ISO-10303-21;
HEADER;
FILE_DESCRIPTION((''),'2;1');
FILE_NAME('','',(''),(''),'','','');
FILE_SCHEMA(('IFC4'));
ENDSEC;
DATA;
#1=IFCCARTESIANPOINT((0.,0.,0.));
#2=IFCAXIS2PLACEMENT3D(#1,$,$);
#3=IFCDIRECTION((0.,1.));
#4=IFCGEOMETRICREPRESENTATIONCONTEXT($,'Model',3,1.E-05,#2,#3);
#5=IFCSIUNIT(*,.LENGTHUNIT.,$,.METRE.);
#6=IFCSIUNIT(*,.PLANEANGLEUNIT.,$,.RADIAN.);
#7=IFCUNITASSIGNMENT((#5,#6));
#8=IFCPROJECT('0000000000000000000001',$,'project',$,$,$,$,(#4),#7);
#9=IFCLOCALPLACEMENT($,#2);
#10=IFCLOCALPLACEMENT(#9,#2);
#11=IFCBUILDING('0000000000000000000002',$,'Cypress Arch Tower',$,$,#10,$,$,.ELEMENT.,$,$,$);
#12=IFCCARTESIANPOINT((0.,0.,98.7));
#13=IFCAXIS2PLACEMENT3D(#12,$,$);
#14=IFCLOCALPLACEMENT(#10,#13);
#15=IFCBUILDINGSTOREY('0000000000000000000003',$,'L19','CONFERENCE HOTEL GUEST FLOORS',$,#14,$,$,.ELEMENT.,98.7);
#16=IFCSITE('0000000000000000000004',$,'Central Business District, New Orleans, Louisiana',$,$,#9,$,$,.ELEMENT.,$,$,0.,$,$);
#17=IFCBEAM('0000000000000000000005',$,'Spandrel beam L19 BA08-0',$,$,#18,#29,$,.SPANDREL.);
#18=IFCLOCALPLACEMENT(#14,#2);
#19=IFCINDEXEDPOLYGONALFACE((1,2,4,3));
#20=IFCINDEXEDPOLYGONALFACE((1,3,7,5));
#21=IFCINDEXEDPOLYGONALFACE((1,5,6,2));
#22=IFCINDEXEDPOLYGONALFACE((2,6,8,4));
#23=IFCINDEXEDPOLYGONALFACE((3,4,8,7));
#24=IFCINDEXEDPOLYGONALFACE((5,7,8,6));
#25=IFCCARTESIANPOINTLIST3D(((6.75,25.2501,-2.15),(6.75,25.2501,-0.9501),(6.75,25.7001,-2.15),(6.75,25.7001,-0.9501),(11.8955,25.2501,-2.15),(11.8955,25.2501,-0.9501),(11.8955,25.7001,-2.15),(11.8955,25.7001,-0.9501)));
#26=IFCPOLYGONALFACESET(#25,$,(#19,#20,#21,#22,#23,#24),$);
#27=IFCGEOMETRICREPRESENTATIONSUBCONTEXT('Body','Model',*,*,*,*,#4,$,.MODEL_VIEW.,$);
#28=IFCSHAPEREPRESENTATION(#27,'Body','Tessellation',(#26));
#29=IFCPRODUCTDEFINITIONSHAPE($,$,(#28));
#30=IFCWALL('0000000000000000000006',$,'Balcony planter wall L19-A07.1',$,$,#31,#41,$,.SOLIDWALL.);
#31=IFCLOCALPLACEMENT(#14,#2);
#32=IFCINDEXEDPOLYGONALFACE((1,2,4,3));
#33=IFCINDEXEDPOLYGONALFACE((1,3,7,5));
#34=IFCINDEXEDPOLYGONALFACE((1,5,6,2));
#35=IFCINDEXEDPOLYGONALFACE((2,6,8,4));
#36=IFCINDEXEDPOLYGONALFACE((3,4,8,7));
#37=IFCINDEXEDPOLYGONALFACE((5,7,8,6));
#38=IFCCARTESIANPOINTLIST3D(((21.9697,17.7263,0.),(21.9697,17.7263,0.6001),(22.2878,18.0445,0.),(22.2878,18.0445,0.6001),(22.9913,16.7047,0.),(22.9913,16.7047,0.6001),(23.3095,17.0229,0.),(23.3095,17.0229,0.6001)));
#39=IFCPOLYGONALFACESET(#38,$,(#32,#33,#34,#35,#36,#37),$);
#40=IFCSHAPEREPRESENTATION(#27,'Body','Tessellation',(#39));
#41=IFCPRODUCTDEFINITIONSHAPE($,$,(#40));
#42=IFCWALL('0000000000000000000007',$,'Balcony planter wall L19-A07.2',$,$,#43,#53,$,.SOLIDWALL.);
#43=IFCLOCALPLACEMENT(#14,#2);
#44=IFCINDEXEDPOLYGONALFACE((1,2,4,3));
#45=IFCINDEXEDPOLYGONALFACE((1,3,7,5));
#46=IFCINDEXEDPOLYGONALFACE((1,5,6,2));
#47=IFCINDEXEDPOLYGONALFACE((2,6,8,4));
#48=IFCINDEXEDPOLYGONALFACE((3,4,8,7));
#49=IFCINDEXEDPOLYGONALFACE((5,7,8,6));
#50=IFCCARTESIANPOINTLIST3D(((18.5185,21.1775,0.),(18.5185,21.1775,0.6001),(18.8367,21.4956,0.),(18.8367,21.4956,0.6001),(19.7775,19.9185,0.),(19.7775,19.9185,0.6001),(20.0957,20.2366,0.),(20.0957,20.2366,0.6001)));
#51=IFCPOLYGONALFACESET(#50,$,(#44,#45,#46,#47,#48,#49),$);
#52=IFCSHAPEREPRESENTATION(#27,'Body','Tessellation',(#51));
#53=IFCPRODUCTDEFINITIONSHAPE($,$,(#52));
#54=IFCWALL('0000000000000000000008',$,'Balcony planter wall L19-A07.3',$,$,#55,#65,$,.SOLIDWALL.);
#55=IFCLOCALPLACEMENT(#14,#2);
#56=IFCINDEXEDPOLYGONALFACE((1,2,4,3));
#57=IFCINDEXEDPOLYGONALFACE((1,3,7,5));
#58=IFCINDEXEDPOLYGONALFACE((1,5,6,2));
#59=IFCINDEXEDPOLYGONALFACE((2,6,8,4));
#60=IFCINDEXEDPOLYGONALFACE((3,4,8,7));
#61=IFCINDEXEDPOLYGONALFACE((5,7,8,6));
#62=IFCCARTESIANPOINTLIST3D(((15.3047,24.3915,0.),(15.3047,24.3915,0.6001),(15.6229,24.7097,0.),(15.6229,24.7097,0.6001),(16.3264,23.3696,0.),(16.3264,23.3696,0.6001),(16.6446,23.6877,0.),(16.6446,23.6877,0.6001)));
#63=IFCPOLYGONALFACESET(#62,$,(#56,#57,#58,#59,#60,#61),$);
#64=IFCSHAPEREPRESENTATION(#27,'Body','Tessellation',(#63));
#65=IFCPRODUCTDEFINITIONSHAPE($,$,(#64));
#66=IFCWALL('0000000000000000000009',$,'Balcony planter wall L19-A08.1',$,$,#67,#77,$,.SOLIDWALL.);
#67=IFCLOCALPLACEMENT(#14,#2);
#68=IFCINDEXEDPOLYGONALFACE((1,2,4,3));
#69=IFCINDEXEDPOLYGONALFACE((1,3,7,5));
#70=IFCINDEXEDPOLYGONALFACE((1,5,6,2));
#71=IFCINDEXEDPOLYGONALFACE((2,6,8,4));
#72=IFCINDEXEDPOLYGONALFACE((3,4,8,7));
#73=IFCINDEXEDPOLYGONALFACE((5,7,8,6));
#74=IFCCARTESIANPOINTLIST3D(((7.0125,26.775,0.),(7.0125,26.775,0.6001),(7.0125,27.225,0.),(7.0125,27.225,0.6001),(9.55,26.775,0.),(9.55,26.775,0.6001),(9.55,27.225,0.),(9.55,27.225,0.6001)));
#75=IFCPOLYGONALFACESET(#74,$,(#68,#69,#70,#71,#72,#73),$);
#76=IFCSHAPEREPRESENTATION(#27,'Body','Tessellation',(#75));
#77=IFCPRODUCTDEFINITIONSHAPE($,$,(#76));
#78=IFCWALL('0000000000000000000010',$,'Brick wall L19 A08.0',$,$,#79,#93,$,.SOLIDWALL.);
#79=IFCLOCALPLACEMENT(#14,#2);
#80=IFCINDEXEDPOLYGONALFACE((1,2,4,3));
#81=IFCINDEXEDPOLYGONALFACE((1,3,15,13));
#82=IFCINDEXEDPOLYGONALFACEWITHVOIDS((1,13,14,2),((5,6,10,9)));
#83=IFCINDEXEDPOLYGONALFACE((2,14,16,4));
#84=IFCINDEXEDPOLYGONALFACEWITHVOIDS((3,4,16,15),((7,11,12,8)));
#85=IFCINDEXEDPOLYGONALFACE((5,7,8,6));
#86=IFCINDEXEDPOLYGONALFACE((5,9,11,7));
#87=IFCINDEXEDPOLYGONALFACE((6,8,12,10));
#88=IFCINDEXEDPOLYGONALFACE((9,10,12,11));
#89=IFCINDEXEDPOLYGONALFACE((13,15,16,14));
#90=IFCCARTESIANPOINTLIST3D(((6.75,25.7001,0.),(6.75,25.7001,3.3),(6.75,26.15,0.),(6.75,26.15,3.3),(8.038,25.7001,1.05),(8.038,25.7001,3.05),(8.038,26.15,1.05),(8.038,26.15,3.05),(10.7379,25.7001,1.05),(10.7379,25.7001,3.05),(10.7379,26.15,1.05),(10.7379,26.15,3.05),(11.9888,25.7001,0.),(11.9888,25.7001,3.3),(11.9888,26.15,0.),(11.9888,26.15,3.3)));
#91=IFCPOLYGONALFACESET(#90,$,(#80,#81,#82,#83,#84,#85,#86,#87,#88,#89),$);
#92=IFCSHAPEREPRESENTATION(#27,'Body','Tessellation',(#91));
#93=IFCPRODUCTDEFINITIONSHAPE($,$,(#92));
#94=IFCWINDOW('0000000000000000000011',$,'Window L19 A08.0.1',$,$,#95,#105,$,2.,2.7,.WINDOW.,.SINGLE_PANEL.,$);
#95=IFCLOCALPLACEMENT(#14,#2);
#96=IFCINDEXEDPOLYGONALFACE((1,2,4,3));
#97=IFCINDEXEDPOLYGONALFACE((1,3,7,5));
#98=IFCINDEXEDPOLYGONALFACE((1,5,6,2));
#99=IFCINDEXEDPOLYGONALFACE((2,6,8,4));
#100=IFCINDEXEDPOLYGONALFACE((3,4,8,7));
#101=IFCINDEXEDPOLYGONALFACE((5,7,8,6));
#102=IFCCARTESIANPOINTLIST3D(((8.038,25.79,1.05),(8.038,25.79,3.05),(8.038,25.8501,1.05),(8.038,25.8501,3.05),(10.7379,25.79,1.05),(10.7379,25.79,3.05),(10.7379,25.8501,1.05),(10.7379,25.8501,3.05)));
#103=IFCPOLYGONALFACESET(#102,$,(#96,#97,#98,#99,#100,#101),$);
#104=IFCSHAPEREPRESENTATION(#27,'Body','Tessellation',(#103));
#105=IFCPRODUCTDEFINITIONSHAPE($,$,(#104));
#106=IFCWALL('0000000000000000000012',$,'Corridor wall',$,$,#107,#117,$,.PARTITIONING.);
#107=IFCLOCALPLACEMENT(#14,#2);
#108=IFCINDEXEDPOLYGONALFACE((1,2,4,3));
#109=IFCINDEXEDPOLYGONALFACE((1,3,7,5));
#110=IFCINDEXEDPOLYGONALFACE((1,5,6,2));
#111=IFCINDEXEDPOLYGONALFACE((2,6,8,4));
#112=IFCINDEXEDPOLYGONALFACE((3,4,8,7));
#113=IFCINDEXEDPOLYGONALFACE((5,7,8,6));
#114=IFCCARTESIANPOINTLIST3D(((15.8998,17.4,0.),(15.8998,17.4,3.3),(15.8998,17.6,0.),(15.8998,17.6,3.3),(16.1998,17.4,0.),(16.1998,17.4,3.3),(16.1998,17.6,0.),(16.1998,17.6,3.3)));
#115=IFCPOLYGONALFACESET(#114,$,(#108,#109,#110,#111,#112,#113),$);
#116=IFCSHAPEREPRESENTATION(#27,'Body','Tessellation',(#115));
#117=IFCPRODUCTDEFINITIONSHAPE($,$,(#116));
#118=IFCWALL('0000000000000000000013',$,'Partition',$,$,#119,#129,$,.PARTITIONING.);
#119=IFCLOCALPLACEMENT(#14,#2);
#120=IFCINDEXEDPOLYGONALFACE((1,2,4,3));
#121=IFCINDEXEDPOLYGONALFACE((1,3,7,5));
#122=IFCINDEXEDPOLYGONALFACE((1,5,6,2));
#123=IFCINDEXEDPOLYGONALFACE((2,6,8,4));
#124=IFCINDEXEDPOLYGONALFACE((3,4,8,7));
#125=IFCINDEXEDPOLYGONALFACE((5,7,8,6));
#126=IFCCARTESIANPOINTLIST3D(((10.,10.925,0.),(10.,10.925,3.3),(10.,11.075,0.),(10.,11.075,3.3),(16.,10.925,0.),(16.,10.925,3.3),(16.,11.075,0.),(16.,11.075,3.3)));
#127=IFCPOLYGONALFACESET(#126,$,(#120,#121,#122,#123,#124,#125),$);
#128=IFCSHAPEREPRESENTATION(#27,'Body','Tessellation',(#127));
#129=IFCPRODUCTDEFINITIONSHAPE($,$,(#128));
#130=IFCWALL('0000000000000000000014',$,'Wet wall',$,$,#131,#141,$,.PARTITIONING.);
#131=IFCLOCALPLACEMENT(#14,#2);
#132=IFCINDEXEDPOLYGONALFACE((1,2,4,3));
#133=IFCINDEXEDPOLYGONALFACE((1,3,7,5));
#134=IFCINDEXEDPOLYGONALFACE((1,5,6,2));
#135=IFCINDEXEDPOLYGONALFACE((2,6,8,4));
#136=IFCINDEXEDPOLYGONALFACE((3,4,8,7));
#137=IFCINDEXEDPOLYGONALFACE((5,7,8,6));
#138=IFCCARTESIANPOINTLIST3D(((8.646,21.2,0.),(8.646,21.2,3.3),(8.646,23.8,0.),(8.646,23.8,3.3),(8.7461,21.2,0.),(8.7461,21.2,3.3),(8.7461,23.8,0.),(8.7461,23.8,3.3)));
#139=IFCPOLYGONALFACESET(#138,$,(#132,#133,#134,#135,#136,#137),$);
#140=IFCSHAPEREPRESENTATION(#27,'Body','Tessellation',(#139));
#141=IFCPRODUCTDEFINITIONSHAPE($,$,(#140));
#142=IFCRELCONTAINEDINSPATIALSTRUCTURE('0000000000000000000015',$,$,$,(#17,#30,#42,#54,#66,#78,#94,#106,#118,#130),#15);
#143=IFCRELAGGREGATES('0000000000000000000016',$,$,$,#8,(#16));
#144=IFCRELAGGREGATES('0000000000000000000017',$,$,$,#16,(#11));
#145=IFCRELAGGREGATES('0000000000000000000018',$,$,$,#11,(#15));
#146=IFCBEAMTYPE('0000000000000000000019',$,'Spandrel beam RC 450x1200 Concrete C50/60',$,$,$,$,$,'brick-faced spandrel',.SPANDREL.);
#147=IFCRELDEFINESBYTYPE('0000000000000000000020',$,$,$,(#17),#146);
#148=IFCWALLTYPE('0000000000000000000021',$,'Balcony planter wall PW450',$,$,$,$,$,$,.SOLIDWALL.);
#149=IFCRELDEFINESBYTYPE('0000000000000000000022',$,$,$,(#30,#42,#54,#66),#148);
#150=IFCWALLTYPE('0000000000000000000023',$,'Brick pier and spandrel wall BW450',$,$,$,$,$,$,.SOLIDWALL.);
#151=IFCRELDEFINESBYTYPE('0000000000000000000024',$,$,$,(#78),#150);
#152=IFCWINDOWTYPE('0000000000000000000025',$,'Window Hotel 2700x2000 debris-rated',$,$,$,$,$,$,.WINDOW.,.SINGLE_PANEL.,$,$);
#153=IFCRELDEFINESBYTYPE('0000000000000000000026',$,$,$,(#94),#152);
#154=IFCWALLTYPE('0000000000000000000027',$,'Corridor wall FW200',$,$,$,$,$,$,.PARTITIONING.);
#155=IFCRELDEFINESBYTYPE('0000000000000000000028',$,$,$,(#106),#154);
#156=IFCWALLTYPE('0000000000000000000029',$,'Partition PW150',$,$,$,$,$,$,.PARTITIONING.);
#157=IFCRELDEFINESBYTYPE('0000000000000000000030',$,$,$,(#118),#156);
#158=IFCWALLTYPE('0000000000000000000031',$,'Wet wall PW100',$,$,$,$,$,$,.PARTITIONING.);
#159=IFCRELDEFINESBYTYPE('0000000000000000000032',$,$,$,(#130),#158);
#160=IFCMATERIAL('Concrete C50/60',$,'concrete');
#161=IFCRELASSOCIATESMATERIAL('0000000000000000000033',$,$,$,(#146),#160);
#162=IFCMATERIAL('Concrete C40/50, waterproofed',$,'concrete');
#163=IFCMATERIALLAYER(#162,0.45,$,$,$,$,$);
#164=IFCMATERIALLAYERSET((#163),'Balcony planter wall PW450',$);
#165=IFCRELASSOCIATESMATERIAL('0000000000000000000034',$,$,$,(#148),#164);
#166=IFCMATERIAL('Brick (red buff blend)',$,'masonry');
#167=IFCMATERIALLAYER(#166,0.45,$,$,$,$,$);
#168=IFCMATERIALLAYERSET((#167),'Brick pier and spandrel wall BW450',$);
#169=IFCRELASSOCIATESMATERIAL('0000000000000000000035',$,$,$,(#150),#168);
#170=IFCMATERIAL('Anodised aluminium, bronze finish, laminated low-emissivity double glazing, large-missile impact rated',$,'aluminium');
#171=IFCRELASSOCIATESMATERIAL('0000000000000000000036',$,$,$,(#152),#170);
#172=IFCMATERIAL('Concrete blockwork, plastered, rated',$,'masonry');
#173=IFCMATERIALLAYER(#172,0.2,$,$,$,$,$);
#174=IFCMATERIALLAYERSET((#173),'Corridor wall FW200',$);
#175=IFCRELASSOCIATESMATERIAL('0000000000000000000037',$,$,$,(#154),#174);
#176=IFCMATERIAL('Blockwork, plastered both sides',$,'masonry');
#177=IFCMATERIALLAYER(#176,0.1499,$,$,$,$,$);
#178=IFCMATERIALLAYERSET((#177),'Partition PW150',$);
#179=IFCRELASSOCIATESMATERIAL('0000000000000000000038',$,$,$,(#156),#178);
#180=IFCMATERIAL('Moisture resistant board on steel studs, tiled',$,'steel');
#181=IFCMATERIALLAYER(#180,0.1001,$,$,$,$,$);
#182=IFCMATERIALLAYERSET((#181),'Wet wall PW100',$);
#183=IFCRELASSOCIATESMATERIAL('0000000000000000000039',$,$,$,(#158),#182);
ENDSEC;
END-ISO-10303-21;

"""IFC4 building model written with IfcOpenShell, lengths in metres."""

from ifc_helpers import new_model, si_unit, direction, frame, frame_2d, origin, origin_2d, place, context, subcontext, project, spatial, rectangle, extrude, material, layer, layer_set, material_profile, profile_set, type_object, element, fill, save


model = new_model("IFC4")

# Units and contexts
model_context = context("Model", 3, precision=1e-05, world=origin(), true_north=direction((0.0, 1.0)))
body_context = subcontext(model_context, "Body", "Model", "MODEL_VIEW")
ifc_project = project(units=[si_unit("LENGTHUNIT", "METRE"), si_unit("PLANEANGLEUNIT", "RADIAN")], contexts=[model_context])

# Site, building, storey
site_placement = place(None, origin())
site = spatial("IfcSite", under=ifc_project, at=site_placement, Name="Central Business District, New Orleans, Louisiana", CompositionType="ELEMENT", RefElevation=0.0)
building_placement = place(site_placement, origin())
building = spatial("IfcBuilding", under=site, at=building_placement, Name="Cypress Arch Tower", CompositionType="ELEMENT")
storey_placement = place(building_placement, frame((0.0, 0.0, 98.7)))
storey = spatial("IfcBuildingStorey", under=building, at=storey_placement, Name="L19", Description="CONFERENCE HOTEL GUEST FLOORS", CompositionType="ELEMENT", Elevation=98.7)

# Beam
ifc_material_1 = material(Name="Concrete C50/60", Category="concrete")
ifc_material_profile_1 = material_profile(ifc_material_1, rectangle(XDim=0.45, YDim=1.2, at=origin_2d()), Name="RC 450x1200")
ifc_profile_set_1 = profile_set([ifc_material_profile_1], Name="Concrete C50/60")
beam_type_1 = type_object("IfcBeamType", Name="Spandrel beam RC 450x1200 Concrete C50/60", ElementType="brick-faced spandrel", PredefinedType="SPANDREL", material=ifc_profile_set_1)
beam_1_placement = place(storey_placement, frame((11.8955, 25.4751, -1.55), z_axis=(-1.0, 0.0, 0.0), x_axis=(0.0, -1.0, 0.0)))
element("IfcBeam", 1, at=beam_1_placement, inside=storey, type_object=beam_type_1, Name="Spandrel beam L19 BA08-0", PredefinedType="SPANDREL", context=body_context, shape_type="SweptSolid", body=[
    extrude(rectangle(XDim=0.45, YDim=1.2, at=origin_2d()), origin(), (0.0, 0.0, 1.0), 5.1455),
])

# Walls
ifc_material_2 = material(Name="Concrete C40/50, waterproofed", Category="concrete")
ifc_layer_1 = layer(ifc_material_2, 0.45)
ifc_layer_set_1 = layer_set([ifc_layer_1], Name="Balcony planter wall PW450")
wall_type_1 = type_object("IfcWallType", Name="Balcony planter wall PW450", PredefinedType="SOLIDWALL", material=ifc_layer_set_1)
wall_1_placement = place(storey_placement, frame((23.1504, 16.8638, 0.0), z_axis=(0.0, 0.0, 1.0), x_axis=(-0.707107, 0.707107, 0.0)))
element("IfcWall", 2, at=wall_1_placement, inside=storey, type_object=wall_type_1, Name="Balcony planter wall L19-A07.1", PredefinedType="SOLIDWALL", context=body_context, shape_type="SweptSolid", body=[
    extrude(rectangle(XDim=1.4448, YDim=0.45, at=frame_2d((0.7224, 0.0))), origin(), (0.0, 0.0, 1.0), 0.6001),
])
wall_2_placement = place(storey_placement, frame((19.9365, 20.0776, 0.0), z_axis=(0.0, 0.0, 1.0), x_axis=(-0.707107, 0.707107, 0.0)))
element("IfcWall", 3, at=wall_2_placement, inside=storey, type_object=wall_type_1, Name="Balcony planter wall L19-A07.2", PredefinedType="SOLIDWALL", context=body_context, shape_type="SweptSolid", body=[
    extrude(rectangle(XDim=1.7805, YDim=0.45, at=frame_2d((0.8901, 0.0))), origin(), (0.0, 0.0, 1.0), 0.6001),
])
wall_3_placement = place(storey_placement, frame((16.4856, 23.5286, 0.0), z_axis=(0.0, 0.0, 1.0), x_axis=(-0.707022, 0.707191, 0.0)))
element("IfcWall", 4, at=wall_3_placement, inside=storey, type_object=wall_type_1, Name="Balcony planter wall L19-A07.3", PredefinedType="SOLIDWALL", context=body_context, shape_type="SweptSolid", body=[
    extrude(rectangle(XDim=1.4451, YDim=0.45, at=frame_2d((0.7227, 0.0))), origin(), (0.0, 0.0, 1.0), 0.6001),
])
wall_4_placement = place(storey_placement, frame((9.55, 27.0, 0.0), z_axis=(0.0, 0.0, 1.0), x_axis=(-1.0, 0.0, 0.0)))
element("IfcWall", 5, at=wall_4_placement, inside=storey, type_object=wall_type_1, Name="Balcony planter wall L19-A08.1", PredefinedType="SOLIDWALL", context=body_context, shape_type="SweptSolid", body=[
    extrude(rectangle(XDim=2.5376, YDim=0.45, at=frame_2d((1.2688, 0.0))), origin(), (0.0, 0.0, 1.0), 0.6001),
])

# Shared definitions
ifc_material_3 = material(Name="Brick (red buff blend)", Category="masonry")
ifc_layer_2 = layer(ifc_material_3, 0.45)
ifc_layer_set_2 = layer_set([ifc_layer_2], Name="Brick pier and spandrel wall BW450")
wall_type_2 = type_object("IfcWallType", Name="Brick pier and spandrel wall BW450", PredefinedType="SOLIDWALL", material=ifc_layer_set_2)
ifc_material_4 = material(Name="Anodised aluminium, bronze finish, laminated low-emissivity double glazing, large-missile impact rated", Category="aluminium")
window_type = type_object("IfcWindowType", Name="Window Hotel 2700x2000 debris-rated", PartitioningType="SINGLE_PANEL", PredefinedType="WINDOW", material=ifc_material_4)

# Wall, opening, window
wall_5_placement = place(storey_placement, frame((11.9888, 25.925, 0.0), z_axis=(0.0, 0.0, 1.0), x_axis=(-1.0, 0.0, 0.0)))
wall_5 = element("IfcWall", 6, at=wall_5_placement, inside=storey, type_object=wall_type_2, Name="Brick wall L19 A08.0", PredefinedType="SOLIDWALL", context=body_context, shape_type="SweptSolid", body=[
    extrude(rectangle(XDim=5.2388, YDim=0.45, at=frame_2d((2.6194, 0.0))), origin(), (0.0, 0.0, 1.0), 3.3),
])
opening_1_placement = place(wall_5_placement, frame((1.2507, 0.0, 1.05)))
opening_1 = element("IfcOpeningElement", 7, at=opening_1_placement, cuts=wall_5, PredefinedType="OPENING", context=body_context, shape_type="SweptSolid", body=[
    extrude(rectangle(XDim=2.7, YDim=2.0, at=frame_2d((1.3501, 1.0))), frame((0.0, 0.2349, 0.0), z_axis=(0.0, -1.0, 0.0), x_axis=(1.0, 0.0, 0.0)), (0.0, 0.0, 1.0), 0.47),
])
window_1_placement = place(opening_1_placement, origin())
window_1 = element("IfcWindow", 8, at=window_1_placement, inside=storey, type_object=window_type, Name="Window L19 A08.0.1", OverallHeight=2.0, OverallWidth=2.7, PartitioningType="SINGLE_PANEL", PredefinedType="WINDOW", context=body_context, shape_type="SweptSolid", body=[
    extrude(rectangle(XDim=2.7, YDim=2.0, at=frame_2d((1.3501, 1.0))), frame((0.0, 0.135, 0.0), z_axis=(0.0, -1.0, 0.0), x_axis=(1.0, 0.0, 0.0)), (0.0, 0.0, 1.0), 0.0601),
])
fill(opening_1, window_1)

# Walls
ifc_material_5 = material(Name="Concrete blockwork, plastered, rated", Category="masonry")
ifc_layer_3 = layer(ifc_material_5, 0.2)
ifc_layer_set_3 = layer_set([ifc_layer_3], Name="Corridor wall FW200")
wall_type_3 = type_object("IfcWallType", Name="Corridor wall FW200", PredefinedType="PARTITIONING", material=ifc_layer_set_3)
wall_6_placement = place(storey_placement, frame((15.8999, 17.5, 0.0), z_axis=(0.0, 0.0, 1.0), x_axis=(1.0, 0.0, 0.0)))
element("IfcWall", 9, at=wall_6_placement, inside=storey, type_object=wall_type_3, Name="Corridor wall", PredefinedType="PARTITIONING", context=body_context, shape_type="SweptSolid", body=[
    extrude(rectangle(XDim=0.3, YDim=0.2, at=frame_2d((0.1499, 0.0))), origin(), (0.0, 0.0, 1.0), 3.3),
])
ifc_material_6 = material(Name="Blockwork, plastered both sides", Category="masonry")
ifc_layer_4 = layer(ifc_material_6, 0.1499)
ifc_layer_set_4 = layer_set([ifc_layer_4], Name="Partition PW150")
wall_type_4 = type_object("IfcWallType", Name="Partition PW150", PredefinedType="PARTITIONING", material=ifc_layer_set_4)
wall_7_placement = place(storey_placement, frame((10.0, 11.0, 0.0), z_axis=(0.0, 0.0, 1.0), x_axis=(1.0, 0.0, 0.0)))
element("IfcWall", 10, at=wall_7_placement, inside=storey, type_object=wall_type_4, Name="Partition", PredefinedType="PARTITIONING", context=body_context, shape_type="SweptSolid", body=[
    extrude(rectangle(XDim=6.0, YDim=0.1499, at=frame_2d((3.0, 0.0))), origin(), (0.0, 0.0, 1.0), 3.3),
])
ifc_material_7 = material(Name="Moisture resistant board on steel studs, tiled", Category="steel")
ifc_layer_5 = layer(ifc_material_7, 0.1001)
ifc_layer_set_5 = layer_set([ifc_layer_5], Name="Wet wall PW100")
wall_type_5 = type_object("IfcWallType", Name="Wet wall PW100", PredefinedType="PARTITIONING", material=ifc_layer_set_5)
wall_8_placement = place(storey_placement, frame((8.696, 21.2, 0.0), z_axis=(0.0, 0.0, 1.0), x_axis=(0.0, 1.0, 0.0)))
element("IfcWall", 11, at=wall_8_placement, inside=storey, type_object=wall_type_5, Name="Wet wall", PredefinedType="PARTITIONING", context=body_context, shape_type="SweptSolid", body=[
    extrude(rectangle(XDim=2.6001, YDim=0.1001, at=frame_2d((1.3, 0.0))), origin(), (0.0, 0.0, 1.0), 3.3),
])

save(model, "model.ifc")
